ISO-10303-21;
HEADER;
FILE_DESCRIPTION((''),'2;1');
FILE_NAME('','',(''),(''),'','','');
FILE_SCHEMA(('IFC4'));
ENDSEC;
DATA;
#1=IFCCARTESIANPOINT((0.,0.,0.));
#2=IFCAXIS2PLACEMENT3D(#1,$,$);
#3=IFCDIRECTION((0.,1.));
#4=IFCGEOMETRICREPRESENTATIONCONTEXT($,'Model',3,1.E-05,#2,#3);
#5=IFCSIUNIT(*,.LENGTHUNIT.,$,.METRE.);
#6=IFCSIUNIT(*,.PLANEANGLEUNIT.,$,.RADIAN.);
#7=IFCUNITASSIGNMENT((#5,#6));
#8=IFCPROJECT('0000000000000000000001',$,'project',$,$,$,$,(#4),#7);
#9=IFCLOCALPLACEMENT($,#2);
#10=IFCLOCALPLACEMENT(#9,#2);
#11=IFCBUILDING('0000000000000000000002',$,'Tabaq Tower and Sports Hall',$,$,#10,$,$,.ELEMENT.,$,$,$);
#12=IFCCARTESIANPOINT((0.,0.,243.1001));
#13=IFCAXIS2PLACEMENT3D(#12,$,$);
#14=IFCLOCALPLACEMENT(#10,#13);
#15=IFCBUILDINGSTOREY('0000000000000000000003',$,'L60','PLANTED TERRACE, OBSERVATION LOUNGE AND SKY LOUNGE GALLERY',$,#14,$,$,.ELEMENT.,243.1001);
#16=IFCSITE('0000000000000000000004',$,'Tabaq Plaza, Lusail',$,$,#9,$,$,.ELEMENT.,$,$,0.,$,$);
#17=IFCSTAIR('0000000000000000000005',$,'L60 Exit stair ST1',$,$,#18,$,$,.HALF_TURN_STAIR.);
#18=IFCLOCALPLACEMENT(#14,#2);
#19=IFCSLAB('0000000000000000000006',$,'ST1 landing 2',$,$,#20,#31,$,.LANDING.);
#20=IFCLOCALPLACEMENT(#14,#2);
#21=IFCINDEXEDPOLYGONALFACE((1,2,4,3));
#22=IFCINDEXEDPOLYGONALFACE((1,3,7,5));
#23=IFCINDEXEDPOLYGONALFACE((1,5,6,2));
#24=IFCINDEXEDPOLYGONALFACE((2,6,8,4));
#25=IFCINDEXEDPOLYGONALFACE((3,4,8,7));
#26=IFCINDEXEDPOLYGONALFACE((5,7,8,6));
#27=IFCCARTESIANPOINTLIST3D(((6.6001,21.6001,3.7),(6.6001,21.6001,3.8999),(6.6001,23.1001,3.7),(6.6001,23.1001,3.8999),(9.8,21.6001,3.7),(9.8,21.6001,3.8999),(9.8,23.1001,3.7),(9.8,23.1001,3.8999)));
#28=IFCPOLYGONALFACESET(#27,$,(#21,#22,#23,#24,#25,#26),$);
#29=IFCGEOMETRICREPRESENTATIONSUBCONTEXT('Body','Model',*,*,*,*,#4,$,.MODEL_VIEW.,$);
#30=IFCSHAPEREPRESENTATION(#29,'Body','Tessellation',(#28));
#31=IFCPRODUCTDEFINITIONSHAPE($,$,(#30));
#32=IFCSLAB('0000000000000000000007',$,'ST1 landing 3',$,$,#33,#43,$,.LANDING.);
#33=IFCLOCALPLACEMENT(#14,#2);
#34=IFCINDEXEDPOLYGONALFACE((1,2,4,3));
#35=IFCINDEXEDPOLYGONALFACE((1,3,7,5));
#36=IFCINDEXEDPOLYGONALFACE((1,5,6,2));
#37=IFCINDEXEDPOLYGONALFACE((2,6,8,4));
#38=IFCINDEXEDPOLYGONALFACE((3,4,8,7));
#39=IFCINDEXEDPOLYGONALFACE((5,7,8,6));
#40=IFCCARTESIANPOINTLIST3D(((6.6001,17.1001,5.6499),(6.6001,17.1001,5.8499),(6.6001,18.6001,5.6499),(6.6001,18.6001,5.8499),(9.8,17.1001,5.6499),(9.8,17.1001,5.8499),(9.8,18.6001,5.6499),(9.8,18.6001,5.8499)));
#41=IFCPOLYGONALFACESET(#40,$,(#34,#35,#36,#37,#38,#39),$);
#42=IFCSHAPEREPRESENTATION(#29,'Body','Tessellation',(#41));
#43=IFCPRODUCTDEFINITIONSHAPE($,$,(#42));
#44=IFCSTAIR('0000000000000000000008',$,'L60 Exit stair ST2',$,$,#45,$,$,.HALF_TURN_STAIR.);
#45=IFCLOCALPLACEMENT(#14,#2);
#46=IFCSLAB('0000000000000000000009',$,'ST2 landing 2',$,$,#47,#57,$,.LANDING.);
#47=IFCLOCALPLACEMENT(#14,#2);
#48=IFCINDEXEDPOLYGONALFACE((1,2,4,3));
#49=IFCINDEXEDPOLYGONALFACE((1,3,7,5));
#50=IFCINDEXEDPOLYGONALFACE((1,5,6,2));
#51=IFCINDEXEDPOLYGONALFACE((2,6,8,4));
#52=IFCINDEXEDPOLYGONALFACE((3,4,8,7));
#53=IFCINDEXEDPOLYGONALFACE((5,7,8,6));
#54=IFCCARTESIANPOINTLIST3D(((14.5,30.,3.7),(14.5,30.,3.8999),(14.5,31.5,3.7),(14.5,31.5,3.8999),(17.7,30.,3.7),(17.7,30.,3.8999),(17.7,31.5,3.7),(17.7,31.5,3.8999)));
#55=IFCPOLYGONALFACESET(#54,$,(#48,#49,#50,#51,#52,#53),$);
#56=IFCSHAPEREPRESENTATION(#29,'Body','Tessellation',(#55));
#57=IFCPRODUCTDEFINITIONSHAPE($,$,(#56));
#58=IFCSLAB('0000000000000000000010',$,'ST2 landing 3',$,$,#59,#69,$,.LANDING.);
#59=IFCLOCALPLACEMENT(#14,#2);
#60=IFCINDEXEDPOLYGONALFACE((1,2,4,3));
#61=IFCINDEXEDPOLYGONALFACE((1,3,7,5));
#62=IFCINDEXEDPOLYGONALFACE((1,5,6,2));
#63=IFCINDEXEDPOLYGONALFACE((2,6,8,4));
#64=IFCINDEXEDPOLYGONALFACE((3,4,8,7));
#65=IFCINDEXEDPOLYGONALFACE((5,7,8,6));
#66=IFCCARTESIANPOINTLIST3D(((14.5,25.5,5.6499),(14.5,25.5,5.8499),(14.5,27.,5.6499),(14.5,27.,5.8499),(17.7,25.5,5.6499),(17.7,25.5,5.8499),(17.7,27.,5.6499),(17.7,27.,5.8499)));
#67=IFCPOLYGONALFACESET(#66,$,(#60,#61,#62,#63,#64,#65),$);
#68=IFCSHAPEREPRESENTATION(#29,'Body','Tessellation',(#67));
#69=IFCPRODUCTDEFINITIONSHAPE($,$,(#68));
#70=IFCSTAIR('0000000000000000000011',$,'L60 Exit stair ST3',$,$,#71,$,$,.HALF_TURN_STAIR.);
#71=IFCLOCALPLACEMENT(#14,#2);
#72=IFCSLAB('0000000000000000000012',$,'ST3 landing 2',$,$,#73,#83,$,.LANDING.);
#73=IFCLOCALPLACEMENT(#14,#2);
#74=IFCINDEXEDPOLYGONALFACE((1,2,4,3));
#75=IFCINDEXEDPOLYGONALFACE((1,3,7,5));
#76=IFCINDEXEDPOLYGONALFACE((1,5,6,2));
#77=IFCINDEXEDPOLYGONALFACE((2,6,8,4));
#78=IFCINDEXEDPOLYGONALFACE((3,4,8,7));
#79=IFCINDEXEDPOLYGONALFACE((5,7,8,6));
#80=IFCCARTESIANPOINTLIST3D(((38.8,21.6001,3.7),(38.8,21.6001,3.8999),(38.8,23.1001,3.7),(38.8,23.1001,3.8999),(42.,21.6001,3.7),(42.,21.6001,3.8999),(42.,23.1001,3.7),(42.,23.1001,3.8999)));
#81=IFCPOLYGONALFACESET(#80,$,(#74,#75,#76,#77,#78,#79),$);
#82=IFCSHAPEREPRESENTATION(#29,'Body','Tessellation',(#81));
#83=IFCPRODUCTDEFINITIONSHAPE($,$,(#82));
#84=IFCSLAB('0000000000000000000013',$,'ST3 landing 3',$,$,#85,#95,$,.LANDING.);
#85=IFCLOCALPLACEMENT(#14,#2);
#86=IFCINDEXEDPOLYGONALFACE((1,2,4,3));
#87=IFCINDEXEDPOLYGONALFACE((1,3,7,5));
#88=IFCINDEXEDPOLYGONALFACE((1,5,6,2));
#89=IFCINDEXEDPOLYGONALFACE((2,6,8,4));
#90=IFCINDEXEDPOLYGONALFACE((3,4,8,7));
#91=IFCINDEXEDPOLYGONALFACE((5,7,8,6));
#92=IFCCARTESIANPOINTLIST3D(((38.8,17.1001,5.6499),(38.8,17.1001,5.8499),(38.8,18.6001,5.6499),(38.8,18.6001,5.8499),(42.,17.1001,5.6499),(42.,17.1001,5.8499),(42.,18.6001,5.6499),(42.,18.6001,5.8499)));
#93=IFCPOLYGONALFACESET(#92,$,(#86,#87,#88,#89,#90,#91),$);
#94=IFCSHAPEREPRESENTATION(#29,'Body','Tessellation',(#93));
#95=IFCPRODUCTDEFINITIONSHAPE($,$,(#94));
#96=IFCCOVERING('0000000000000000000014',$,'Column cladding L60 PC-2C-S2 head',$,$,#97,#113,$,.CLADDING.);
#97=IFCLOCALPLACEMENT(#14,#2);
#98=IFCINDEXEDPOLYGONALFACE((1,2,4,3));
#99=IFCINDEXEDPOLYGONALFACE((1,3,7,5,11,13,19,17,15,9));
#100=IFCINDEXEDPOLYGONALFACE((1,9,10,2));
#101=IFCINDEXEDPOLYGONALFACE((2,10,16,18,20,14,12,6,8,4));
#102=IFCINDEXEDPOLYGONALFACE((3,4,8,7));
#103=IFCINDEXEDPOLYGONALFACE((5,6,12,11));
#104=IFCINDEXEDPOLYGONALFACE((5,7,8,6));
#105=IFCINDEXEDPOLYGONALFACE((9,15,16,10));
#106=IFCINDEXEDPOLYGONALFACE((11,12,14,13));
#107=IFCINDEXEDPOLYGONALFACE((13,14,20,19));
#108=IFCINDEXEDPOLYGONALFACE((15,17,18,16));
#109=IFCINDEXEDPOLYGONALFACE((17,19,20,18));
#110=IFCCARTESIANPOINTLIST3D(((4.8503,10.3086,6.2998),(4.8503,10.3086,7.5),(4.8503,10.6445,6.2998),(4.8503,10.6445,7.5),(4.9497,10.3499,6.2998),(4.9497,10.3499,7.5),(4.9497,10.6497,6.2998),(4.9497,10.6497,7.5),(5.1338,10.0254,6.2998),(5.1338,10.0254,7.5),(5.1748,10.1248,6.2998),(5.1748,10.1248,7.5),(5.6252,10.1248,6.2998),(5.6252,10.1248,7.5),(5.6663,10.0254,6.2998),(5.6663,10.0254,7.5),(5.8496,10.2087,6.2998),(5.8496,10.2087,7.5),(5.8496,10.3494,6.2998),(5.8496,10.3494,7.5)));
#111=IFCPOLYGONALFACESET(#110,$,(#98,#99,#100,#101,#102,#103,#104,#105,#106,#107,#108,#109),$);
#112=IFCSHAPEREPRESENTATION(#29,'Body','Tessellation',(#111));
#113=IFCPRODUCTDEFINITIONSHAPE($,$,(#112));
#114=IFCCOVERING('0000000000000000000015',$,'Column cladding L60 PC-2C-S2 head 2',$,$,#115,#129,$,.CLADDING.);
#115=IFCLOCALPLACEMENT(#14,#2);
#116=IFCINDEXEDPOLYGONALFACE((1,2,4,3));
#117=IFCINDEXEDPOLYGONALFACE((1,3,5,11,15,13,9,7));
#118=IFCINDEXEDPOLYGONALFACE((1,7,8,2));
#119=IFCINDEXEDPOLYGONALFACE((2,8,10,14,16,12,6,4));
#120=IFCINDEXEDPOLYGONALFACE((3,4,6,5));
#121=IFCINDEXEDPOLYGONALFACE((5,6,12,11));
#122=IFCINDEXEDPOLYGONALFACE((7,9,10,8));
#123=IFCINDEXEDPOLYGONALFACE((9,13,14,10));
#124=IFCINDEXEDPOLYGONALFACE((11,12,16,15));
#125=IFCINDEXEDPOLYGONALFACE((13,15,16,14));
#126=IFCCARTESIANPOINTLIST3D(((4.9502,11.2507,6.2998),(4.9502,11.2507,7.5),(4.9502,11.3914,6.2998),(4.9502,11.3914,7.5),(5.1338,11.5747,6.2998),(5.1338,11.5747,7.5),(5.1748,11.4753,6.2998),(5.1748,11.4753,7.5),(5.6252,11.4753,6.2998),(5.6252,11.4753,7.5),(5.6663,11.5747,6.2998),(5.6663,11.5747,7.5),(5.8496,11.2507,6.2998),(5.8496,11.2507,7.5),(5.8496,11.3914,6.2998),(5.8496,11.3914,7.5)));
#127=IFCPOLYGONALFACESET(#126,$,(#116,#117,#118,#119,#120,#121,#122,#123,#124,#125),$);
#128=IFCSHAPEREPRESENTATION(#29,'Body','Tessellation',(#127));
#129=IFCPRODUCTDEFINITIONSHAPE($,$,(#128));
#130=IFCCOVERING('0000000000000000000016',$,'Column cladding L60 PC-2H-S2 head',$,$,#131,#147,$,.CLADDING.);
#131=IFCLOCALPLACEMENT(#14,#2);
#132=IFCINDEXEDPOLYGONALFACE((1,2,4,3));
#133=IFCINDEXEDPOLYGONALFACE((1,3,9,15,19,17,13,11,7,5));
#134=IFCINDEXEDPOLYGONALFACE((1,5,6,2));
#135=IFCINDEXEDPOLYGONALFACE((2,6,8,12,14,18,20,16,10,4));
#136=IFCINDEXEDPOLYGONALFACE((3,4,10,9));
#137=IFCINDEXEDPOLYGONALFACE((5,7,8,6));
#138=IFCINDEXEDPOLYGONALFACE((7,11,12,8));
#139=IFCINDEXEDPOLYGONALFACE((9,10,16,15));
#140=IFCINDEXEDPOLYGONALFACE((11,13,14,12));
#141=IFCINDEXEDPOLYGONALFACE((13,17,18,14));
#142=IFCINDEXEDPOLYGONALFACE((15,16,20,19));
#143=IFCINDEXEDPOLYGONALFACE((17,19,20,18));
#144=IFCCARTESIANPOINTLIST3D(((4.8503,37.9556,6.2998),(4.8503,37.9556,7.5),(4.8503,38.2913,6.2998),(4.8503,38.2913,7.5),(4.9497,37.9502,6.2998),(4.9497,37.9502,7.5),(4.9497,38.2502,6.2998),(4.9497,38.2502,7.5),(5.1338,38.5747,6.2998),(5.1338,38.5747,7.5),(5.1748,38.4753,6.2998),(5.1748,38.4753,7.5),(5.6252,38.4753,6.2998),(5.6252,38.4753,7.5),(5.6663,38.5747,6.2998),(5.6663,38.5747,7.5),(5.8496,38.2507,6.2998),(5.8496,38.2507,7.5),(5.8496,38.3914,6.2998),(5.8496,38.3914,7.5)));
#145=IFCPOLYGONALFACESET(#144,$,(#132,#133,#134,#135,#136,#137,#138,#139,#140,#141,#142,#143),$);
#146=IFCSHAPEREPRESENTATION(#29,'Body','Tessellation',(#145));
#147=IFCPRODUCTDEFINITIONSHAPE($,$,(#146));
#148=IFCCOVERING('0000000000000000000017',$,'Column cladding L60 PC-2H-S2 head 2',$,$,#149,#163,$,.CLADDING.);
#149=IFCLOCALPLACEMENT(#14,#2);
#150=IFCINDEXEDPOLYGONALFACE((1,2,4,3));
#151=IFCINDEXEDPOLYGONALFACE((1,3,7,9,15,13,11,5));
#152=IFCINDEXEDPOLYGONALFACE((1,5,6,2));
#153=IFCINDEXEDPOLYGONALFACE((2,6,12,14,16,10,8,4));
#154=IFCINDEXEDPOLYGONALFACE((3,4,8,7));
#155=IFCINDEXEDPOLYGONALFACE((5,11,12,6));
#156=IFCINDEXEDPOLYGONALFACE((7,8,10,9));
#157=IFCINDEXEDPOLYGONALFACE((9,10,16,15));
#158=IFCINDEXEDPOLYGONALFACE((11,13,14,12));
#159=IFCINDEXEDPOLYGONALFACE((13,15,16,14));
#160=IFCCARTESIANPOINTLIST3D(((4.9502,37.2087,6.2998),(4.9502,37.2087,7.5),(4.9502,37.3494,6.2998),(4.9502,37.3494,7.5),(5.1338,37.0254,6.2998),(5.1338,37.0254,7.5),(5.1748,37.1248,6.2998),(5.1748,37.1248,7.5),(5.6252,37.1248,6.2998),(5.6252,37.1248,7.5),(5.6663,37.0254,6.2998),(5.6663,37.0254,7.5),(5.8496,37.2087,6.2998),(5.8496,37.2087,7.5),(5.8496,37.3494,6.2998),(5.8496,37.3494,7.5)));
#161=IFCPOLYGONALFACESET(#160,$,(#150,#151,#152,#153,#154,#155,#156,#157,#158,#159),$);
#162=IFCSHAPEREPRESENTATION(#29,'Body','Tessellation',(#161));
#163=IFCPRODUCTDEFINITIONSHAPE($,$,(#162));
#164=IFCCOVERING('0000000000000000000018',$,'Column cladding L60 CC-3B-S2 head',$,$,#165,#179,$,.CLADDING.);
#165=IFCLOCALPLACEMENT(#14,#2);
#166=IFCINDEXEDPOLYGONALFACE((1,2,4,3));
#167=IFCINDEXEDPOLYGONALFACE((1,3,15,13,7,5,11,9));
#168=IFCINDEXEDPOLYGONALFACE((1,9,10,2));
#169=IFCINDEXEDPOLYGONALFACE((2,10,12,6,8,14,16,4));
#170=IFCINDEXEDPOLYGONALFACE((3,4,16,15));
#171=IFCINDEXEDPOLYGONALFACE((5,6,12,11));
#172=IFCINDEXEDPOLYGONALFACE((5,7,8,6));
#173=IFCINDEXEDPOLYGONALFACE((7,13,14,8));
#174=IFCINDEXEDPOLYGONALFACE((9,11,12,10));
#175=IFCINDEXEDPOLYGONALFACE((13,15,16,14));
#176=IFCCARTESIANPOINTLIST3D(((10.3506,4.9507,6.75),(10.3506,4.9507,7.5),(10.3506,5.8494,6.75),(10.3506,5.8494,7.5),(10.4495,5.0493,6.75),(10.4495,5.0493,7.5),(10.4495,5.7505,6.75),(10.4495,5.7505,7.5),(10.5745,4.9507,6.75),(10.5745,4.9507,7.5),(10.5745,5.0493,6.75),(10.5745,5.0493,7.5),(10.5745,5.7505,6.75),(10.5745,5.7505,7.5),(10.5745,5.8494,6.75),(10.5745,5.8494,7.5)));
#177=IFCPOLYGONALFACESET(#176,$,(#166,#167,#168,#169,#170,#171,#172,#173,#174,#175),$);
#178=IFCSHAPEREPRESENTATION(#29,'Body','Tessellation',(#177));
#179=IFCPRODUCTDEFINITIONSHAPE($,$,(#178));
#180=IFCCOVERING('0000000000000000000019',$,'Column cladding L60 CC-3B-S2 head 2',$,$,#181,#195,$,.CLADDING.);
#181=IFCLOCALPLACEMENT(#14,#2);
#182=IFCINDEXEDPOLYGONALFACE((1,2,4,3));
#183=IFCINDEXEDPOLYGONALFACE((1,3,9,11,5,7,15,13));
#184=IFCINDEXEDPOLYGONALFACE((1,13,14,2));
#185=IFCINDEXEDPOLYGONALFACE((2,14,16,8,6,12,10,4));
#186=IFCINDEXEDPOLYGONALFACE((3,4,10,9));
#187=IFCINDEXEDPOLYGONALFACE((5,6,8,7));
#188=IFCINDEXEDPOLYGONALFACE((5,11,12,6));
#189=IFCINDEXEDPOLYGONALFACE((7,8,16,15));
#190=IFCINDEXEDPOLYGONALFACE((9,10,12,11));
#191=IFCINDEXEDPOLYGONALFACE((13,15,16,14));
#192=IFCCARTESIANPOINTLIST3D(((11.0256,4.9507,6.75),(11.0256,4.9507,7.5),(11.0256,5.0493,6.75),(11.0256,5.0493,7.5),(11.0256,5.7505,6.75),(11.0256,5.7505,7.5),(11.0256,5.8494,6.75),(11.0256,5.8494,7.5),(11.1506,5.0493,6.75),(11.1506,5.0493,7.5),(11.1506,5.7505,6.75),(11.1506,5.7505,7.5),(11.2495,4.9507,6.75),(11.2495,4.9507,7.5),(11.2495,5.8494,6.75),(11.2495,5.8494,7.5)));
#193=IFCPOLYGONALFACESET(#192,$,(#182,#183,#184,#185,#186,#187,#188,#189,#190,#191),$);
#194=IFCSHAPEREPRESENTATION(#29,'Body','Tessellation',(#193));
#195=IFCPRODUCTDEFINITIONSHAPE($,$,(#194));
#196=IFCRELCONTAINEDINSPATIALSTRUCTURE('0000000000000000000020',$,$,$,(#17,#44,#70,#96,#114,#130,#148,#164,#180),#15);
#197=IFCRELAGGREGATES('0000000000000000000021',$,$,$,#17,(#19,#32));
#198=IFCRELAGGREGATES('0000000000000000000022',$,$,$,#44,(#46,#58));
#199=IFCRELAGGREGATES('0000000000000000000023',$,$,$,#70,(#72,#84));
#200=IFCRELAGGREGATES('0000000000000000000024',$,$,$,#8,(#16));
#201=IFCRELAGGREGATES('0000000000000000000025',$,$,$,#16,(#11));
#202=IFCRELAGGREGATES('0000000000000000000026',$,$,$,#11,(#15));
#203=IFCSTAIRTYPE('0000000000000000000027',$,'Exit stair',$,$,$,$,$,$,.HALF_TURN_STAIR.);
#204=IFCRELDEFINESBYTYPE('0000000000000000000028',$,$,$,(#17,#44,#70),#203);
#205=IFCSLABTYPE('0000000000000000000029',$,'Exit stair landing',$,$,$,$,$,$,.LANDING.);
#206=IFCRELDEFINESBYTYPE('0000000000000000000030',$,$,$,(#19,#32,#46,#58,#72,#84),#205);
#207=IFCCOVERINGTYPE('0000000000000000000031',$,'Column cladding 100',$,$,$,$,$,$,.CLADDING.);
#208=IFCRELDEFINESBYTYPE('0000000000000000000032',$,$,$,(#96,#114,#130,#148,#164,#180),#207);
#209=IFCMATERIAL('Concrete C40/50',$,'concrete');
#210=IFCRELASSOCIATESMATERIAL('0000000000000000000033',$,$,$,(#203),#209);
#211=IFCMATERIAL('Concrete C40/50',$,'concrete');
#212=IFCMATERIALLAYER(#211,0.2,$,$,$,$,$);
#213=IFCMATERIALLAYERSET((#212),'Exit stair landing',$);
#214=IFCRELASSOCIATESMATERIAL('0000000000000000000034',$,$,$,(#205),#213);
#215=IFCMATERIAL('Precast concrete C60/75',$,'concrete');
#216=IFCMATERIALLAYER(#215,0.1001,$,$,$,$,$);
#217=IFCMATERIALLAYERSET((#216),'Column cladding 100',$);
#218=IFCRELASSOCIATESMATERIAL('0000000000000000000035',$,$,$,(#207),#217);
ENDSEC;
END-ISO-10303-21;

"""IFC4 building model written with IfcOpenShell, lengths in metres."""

from ifc_helpers import new_model, si_unit, direction, frame, origin, place, context, subcontext, project, spatial, polyline, outline, extrude, material, layer, layer_set, type_object, element, aggregate, save


model = new_model("IFC4")

# Units and contexts
model_context = context("Model", 3, precision=1e-05, world=origin(), true_north=direction((0.0, 1.0)))
body_context = subcontext(model_context, "Body", "Model", "MODEL_VIEW")
ifc_project = project(units=[si_unit("LENGTHUNIT", "METRE"), si_unit("PLANEANGLEUNIT", "RADIAN")], contexts=[model_context])

# Site, building, storey
site_placement = place(None, origin())
site = spatial("IfcSite", under=ifc_project, at=site_placement, Name="Tabaq Plaza, Lusail", CompositionType="ELEMENT", RefElevation=0.0)
building_placement = place(site_placement, origin())
building = spatial("IfcBuilding", under=site, at=building_placement, Name="Tabaq Tower and Sports Hall", CompositionType="ELEMENT")
storey_placement = place(building_placement, frame((0.0, 0.0, 243.1001)))
storey = spatial("IfcBuildingStorey", under=building, at=storey_placement, Name="L60", Description="PLANTED TERRACE, OBSERVATION LOUNGE AND SKY LOUNGE GALLERY", CompositionType="ELEMENT", Elevation=243.1001)

# Stairs, slabs
ifc_material_1 = material(Name="Concrete C40/50", Category="concrete")
stair_type = type_object("IfcStairType", Name="Exit stair", PredefinedType="HALF_TURN_STAIR", material=ifc_material_1)
stair_1_placement = place(storey_placement, origin())
stair_1 = element("IfcStair", 1, at=stair_1_placement, inside=storey, type_object=stair_type, Name="L60 Exit stair ST1", PredefinedType="HALF_TURN_STAIR")
ifc_material_2 = material(Name="Concrete C40/50", Category="concrete")
ifc_layer_1 = layer(ifc_material_2, 0.2)
ifc_layer_set_1 = layer_set([ifc_layer_1], Name="Exit stair landing")
slab_type = type_object("IfcSlabType", Name="Exit stair landing", PredefinedType="LANDING", material=ifc_layer_set_1)
slab_1_placement = place(storey_placement, frame((0.0, 0.0, 3.7)))
slab_1 = element("IfcSlab", 2, at=slab_1_placement, type_object=slab_type, Name="ST1 landing 2", PredefinedType="LANDING", context=body_context, shape_type="SweptSolid", body=[
    extrude(outline(polyline([(6.6001, 23.1001), (6.6001, 21.6001), (9.8, 21.6001), (9.8, 23.1001), (6.6001, 23.1001)])), origin(), (0.0, 0.0, 1.0), 0.2),
])
slab_2_placement = place(storey_placement, frame((0.0, 0.0, 5.6499)))
slab_2 = element("IfcSlab", 3, at=slab_2_placement, type_object=slab_type, Name="ST1 landing 3", PredefinedType="LANDING", context=body_context, shape_type="SweptSolid", body=[
    extrude(outline(polyline([(6.6001, 18.6001), (6.6001, 17.1001), (9.8, 17.1001), (9.8, 18.6001), (6.6001, 18.6001)])), origin(), (0.0, 0.0, 1.0), 0.2),
])
aggregate(stair_1, [slab_1, slab_2])
stair_2_placement = place(storey_placement, origin())
stair_2 = element("IfcStair", 4, at=stair_2_placement, inside=storey, type_object=stair_type, Name="L60 Exit stair ST2", PredefinedType="HALF_TURN_STAIR")
slab_3_placement = place(storey_placement, frame((0.0, 0.0, 3.7)))
slab_3 = element("IfcSlab", 5, at=slab_3_placement, type_object=slab_type, Name="ST2 landing 2", PredefinedType="LANDING", context=body_context, shape_type="SweptSolid", body=[
    extrude(outline(polyline([(14.5, 31.5), (14.5, 30.0), (17.7, 30.0), (17.7, 31.5), (14.5, 31.5)])), origin(), (0.0, 0.0, 1.0), 0.2),
])
slab_4_placement = place(storey_placement, frame((0.0, 0.0, 5.6499)))
slab_4 = element("IfcSlab", 6, at=slab_4_placement, type_object=slab_type, Name="ST2 landing 3", PredefinedType="LANDING", context=body_context, shape_type="SweptSolid", body=[
    extrude(outline(polyline([(14.5, 27.0), (14.5, 25.5), (17.7, 25.5), (17.7, 27.0), (14.5, 27.0)])), origin(), (0.0, 0.0, 1.0), 0.2),
])
aggregate(stair_2, [slab_3, slab_4])
stair_3_placement = place(storey_placement, origin())
stair_3 = element("IfcStair", 7, at=stair_3_placement, inside=storey, type_object=stair_type, Name="L60 Exit stair ST3", PredefinedType="HALF_TURN_STAIR")
slab_5_placement = place(storey_placement, frame((0.0, 0.0, 3.7)))
slab_5 = element("IfcSlab", 8, at=slab_5_placement, type_object=slab_type, Name="ST3 landing 2", PredefinedType="LANDING", context=body_context, shape_type="SweptSolid", body=[
    extrude(outline(polyline([(38.8, 23.1001), (38.8, 21.6001), (42.0, 21.6001), (42.0, 23.1001), (38.8, 23.1001)])), origin(), (0.0, 0.0, 1.0), 0.2),
])
slab_6_placement = place(storey_placement, frame((0.0, 0.0, 5.6499)))
slab_6 = element("IfcSlab", 9, at=slab_6_placement, type_object=slab_type, Name="ST3 landing 3", PredefinedType="LANDING", context=body_context, shape_type="SweptSolid", body=[
    extrude(outline(polyline([(38.8, 18.6001), (38.8, 17.1001), (42.0, 17.1001), (42.0, 18.6001), (38.8, 18.6001)])), origin(), (0.0, 0.0, 1.0), 0.2),
])
aggregate(stair_3, [slab_5, slab_6])

# Coverings
ifc_material_3 = material(Name="Precast concrete C60/75", Category="concrete")
ifc_layer_2 = layer(ifc_material_3, 0.1001)
ifc_layer_set_2 = layer_set([ifc_layer_2], Name="Column cladding 100")
covering_type = type_object("IfcCoveringType", Name="Column cladding 100", PredefinedType="CLADDING", material=ifc_layer_set_2)
covering_1_placement = place(storey_placement, frame((0.0, 0.0, 6.2998)))
element("IfcCovering", 10, at=covering_1_placement, inside=storey, type_object=covering_type, Name="Column cladding L60 PC-2C-S2 head", PredefinedType="CLADDING", context=body_context, shape_type="SweptSolid", body=[
    extrude(outline(polyline([(4.8503, 10.3086), (4.8503, 10.6445), (4.9497, 10.6497), (4.9497, 10.3499), (5.1748, 10.1248), (5.6252, 10.1248), (5.8496, 10.3494), (5.8496, 10.2087), (5.6663, 10.0254), (5.1338, 10.0254), (4.8503, 10.3086)])), origin(), (0.0, 0.0, 1.0), 1.2002),
])
covering_2_placement = place(storey_placement, frame((0.0, 0.0, 6.2998)))
element("IfcCovering", 11, at=covering_2_placement, inside=storey, type_object=covering_type, Name="Column cladding L60 PC-2C-S2 head 2", PredefinedType="CLADDING", context=body_context, shape_type="SweptSolid", body=[
    extrude(outline(polyline([(5.1338, 11.5747), (5.6663, 11.5747), (5.8496, 11.3914), (5.8496, 11.2507), (5.6252, 11.4753), (5.1748, 11.4753), (4.9502, 11.2507), (4.9502, 11.3914), (5.1338, 11.5747)])), origin(), (0.0, 0.0, 1.0), 1.2002),
])
covering_3_placement = place(storey_placement, frame((0.0, 0.0, 6.2998)))
element("IfcCovering", 12, at=covering_3_placement, inside=storey, type_object=covering_type, Name="Column cladding L60 PC-2H-S2 head", PredefinedType="CLADDING", context=body_context, shape_type="SweptSolid", body=[
    extrude(outline(polyline([(5.1338, 38.5747), (5.6663, 38.5747), (5.8496, 38.3914), (5.8496, 38.2507), (5.6252, 38.4753), (5.1748, 38.4753), (4.9497, 38.2502), (4.9497, 37.9502), (4.8503, 37.9556), (4.8503, 38.2913), (5.1338, 38.5747)])), origin(), (0.0, 0.0, 1.0), 1.2002),
])
covering_4_placement = place(storey_placement, frame((0.0, 0.0, 6.2998)))
element("IfcCovering", 13, at=covering_4_placement, inside=storey, type_object=covering_type, Name="Column cladding L60 PC-2H-S2 head 2", PredefinedType="CLADDING", context=body_context, shape_type="SweptSolid", body=[
    extrude(outline(polyline([(4.9502, 37.2087), (4.9502, 37.3494), (5.1748, 37.1248), (5.6252, 37.1248), (5.8496, 37.3494), (5.8496, 37.2087), (5.6663, 37.0254), (5.1338, 37.0254), (4.9502, 37.2087)])), origin(), (0.0, 0.0, 1.0), 1.2002),
])
covering_5_placement = place(storey_placement, frame((0.0, 0.0, 6.75)))
element("IfcCovering", 14, at=covering_5_placement, inside=storey, type_object=covering_type, Name="Column cladding L60 CC-3B-S2 head", PredefinedType="CLADDING", context=body_context, shape_type="SweptSolid", body=[
    extrude(outline(polyline([(10.5745, 5.0493), (10.5745, 4.9507), (10.3506, 4.9507), (10.3506, 5.8494), (10.5745, 5.8494), (10.5745, 5.7505), (10.4495, 5.7505), (10.4495, 5.0493), (10.5745, 5.0493)])), origin(), (0.0, 0.0, 1.0), 0.75),
])
covering_6_placement = place(storey_placement, frame((0.0, 0.0, 6.75)))
element("IfcCovering", 15, at=covering_6_placement, inside=storey, type_object=covering_type, Name="Column cladding L60 CC-3B-S2 head 2", PredefinedType="CLADDING", context=body_context, shape_type="SweptSolid", body=[
    extrude(outline(polyline([(11.0256, 5.0493), (11.1506, 5.0493), (11.1506, 5.7505), (11.0256, 5.7505), (11.0256, 5.8494), (11.2495, 5.8494), (11.2495, 4.9507), (11.0256, 4.9507), (11.0256, 5.0493)])), origin(), (0.0, 0.0, 1.0), 0.75),
])

save(model, "model.ifc")
